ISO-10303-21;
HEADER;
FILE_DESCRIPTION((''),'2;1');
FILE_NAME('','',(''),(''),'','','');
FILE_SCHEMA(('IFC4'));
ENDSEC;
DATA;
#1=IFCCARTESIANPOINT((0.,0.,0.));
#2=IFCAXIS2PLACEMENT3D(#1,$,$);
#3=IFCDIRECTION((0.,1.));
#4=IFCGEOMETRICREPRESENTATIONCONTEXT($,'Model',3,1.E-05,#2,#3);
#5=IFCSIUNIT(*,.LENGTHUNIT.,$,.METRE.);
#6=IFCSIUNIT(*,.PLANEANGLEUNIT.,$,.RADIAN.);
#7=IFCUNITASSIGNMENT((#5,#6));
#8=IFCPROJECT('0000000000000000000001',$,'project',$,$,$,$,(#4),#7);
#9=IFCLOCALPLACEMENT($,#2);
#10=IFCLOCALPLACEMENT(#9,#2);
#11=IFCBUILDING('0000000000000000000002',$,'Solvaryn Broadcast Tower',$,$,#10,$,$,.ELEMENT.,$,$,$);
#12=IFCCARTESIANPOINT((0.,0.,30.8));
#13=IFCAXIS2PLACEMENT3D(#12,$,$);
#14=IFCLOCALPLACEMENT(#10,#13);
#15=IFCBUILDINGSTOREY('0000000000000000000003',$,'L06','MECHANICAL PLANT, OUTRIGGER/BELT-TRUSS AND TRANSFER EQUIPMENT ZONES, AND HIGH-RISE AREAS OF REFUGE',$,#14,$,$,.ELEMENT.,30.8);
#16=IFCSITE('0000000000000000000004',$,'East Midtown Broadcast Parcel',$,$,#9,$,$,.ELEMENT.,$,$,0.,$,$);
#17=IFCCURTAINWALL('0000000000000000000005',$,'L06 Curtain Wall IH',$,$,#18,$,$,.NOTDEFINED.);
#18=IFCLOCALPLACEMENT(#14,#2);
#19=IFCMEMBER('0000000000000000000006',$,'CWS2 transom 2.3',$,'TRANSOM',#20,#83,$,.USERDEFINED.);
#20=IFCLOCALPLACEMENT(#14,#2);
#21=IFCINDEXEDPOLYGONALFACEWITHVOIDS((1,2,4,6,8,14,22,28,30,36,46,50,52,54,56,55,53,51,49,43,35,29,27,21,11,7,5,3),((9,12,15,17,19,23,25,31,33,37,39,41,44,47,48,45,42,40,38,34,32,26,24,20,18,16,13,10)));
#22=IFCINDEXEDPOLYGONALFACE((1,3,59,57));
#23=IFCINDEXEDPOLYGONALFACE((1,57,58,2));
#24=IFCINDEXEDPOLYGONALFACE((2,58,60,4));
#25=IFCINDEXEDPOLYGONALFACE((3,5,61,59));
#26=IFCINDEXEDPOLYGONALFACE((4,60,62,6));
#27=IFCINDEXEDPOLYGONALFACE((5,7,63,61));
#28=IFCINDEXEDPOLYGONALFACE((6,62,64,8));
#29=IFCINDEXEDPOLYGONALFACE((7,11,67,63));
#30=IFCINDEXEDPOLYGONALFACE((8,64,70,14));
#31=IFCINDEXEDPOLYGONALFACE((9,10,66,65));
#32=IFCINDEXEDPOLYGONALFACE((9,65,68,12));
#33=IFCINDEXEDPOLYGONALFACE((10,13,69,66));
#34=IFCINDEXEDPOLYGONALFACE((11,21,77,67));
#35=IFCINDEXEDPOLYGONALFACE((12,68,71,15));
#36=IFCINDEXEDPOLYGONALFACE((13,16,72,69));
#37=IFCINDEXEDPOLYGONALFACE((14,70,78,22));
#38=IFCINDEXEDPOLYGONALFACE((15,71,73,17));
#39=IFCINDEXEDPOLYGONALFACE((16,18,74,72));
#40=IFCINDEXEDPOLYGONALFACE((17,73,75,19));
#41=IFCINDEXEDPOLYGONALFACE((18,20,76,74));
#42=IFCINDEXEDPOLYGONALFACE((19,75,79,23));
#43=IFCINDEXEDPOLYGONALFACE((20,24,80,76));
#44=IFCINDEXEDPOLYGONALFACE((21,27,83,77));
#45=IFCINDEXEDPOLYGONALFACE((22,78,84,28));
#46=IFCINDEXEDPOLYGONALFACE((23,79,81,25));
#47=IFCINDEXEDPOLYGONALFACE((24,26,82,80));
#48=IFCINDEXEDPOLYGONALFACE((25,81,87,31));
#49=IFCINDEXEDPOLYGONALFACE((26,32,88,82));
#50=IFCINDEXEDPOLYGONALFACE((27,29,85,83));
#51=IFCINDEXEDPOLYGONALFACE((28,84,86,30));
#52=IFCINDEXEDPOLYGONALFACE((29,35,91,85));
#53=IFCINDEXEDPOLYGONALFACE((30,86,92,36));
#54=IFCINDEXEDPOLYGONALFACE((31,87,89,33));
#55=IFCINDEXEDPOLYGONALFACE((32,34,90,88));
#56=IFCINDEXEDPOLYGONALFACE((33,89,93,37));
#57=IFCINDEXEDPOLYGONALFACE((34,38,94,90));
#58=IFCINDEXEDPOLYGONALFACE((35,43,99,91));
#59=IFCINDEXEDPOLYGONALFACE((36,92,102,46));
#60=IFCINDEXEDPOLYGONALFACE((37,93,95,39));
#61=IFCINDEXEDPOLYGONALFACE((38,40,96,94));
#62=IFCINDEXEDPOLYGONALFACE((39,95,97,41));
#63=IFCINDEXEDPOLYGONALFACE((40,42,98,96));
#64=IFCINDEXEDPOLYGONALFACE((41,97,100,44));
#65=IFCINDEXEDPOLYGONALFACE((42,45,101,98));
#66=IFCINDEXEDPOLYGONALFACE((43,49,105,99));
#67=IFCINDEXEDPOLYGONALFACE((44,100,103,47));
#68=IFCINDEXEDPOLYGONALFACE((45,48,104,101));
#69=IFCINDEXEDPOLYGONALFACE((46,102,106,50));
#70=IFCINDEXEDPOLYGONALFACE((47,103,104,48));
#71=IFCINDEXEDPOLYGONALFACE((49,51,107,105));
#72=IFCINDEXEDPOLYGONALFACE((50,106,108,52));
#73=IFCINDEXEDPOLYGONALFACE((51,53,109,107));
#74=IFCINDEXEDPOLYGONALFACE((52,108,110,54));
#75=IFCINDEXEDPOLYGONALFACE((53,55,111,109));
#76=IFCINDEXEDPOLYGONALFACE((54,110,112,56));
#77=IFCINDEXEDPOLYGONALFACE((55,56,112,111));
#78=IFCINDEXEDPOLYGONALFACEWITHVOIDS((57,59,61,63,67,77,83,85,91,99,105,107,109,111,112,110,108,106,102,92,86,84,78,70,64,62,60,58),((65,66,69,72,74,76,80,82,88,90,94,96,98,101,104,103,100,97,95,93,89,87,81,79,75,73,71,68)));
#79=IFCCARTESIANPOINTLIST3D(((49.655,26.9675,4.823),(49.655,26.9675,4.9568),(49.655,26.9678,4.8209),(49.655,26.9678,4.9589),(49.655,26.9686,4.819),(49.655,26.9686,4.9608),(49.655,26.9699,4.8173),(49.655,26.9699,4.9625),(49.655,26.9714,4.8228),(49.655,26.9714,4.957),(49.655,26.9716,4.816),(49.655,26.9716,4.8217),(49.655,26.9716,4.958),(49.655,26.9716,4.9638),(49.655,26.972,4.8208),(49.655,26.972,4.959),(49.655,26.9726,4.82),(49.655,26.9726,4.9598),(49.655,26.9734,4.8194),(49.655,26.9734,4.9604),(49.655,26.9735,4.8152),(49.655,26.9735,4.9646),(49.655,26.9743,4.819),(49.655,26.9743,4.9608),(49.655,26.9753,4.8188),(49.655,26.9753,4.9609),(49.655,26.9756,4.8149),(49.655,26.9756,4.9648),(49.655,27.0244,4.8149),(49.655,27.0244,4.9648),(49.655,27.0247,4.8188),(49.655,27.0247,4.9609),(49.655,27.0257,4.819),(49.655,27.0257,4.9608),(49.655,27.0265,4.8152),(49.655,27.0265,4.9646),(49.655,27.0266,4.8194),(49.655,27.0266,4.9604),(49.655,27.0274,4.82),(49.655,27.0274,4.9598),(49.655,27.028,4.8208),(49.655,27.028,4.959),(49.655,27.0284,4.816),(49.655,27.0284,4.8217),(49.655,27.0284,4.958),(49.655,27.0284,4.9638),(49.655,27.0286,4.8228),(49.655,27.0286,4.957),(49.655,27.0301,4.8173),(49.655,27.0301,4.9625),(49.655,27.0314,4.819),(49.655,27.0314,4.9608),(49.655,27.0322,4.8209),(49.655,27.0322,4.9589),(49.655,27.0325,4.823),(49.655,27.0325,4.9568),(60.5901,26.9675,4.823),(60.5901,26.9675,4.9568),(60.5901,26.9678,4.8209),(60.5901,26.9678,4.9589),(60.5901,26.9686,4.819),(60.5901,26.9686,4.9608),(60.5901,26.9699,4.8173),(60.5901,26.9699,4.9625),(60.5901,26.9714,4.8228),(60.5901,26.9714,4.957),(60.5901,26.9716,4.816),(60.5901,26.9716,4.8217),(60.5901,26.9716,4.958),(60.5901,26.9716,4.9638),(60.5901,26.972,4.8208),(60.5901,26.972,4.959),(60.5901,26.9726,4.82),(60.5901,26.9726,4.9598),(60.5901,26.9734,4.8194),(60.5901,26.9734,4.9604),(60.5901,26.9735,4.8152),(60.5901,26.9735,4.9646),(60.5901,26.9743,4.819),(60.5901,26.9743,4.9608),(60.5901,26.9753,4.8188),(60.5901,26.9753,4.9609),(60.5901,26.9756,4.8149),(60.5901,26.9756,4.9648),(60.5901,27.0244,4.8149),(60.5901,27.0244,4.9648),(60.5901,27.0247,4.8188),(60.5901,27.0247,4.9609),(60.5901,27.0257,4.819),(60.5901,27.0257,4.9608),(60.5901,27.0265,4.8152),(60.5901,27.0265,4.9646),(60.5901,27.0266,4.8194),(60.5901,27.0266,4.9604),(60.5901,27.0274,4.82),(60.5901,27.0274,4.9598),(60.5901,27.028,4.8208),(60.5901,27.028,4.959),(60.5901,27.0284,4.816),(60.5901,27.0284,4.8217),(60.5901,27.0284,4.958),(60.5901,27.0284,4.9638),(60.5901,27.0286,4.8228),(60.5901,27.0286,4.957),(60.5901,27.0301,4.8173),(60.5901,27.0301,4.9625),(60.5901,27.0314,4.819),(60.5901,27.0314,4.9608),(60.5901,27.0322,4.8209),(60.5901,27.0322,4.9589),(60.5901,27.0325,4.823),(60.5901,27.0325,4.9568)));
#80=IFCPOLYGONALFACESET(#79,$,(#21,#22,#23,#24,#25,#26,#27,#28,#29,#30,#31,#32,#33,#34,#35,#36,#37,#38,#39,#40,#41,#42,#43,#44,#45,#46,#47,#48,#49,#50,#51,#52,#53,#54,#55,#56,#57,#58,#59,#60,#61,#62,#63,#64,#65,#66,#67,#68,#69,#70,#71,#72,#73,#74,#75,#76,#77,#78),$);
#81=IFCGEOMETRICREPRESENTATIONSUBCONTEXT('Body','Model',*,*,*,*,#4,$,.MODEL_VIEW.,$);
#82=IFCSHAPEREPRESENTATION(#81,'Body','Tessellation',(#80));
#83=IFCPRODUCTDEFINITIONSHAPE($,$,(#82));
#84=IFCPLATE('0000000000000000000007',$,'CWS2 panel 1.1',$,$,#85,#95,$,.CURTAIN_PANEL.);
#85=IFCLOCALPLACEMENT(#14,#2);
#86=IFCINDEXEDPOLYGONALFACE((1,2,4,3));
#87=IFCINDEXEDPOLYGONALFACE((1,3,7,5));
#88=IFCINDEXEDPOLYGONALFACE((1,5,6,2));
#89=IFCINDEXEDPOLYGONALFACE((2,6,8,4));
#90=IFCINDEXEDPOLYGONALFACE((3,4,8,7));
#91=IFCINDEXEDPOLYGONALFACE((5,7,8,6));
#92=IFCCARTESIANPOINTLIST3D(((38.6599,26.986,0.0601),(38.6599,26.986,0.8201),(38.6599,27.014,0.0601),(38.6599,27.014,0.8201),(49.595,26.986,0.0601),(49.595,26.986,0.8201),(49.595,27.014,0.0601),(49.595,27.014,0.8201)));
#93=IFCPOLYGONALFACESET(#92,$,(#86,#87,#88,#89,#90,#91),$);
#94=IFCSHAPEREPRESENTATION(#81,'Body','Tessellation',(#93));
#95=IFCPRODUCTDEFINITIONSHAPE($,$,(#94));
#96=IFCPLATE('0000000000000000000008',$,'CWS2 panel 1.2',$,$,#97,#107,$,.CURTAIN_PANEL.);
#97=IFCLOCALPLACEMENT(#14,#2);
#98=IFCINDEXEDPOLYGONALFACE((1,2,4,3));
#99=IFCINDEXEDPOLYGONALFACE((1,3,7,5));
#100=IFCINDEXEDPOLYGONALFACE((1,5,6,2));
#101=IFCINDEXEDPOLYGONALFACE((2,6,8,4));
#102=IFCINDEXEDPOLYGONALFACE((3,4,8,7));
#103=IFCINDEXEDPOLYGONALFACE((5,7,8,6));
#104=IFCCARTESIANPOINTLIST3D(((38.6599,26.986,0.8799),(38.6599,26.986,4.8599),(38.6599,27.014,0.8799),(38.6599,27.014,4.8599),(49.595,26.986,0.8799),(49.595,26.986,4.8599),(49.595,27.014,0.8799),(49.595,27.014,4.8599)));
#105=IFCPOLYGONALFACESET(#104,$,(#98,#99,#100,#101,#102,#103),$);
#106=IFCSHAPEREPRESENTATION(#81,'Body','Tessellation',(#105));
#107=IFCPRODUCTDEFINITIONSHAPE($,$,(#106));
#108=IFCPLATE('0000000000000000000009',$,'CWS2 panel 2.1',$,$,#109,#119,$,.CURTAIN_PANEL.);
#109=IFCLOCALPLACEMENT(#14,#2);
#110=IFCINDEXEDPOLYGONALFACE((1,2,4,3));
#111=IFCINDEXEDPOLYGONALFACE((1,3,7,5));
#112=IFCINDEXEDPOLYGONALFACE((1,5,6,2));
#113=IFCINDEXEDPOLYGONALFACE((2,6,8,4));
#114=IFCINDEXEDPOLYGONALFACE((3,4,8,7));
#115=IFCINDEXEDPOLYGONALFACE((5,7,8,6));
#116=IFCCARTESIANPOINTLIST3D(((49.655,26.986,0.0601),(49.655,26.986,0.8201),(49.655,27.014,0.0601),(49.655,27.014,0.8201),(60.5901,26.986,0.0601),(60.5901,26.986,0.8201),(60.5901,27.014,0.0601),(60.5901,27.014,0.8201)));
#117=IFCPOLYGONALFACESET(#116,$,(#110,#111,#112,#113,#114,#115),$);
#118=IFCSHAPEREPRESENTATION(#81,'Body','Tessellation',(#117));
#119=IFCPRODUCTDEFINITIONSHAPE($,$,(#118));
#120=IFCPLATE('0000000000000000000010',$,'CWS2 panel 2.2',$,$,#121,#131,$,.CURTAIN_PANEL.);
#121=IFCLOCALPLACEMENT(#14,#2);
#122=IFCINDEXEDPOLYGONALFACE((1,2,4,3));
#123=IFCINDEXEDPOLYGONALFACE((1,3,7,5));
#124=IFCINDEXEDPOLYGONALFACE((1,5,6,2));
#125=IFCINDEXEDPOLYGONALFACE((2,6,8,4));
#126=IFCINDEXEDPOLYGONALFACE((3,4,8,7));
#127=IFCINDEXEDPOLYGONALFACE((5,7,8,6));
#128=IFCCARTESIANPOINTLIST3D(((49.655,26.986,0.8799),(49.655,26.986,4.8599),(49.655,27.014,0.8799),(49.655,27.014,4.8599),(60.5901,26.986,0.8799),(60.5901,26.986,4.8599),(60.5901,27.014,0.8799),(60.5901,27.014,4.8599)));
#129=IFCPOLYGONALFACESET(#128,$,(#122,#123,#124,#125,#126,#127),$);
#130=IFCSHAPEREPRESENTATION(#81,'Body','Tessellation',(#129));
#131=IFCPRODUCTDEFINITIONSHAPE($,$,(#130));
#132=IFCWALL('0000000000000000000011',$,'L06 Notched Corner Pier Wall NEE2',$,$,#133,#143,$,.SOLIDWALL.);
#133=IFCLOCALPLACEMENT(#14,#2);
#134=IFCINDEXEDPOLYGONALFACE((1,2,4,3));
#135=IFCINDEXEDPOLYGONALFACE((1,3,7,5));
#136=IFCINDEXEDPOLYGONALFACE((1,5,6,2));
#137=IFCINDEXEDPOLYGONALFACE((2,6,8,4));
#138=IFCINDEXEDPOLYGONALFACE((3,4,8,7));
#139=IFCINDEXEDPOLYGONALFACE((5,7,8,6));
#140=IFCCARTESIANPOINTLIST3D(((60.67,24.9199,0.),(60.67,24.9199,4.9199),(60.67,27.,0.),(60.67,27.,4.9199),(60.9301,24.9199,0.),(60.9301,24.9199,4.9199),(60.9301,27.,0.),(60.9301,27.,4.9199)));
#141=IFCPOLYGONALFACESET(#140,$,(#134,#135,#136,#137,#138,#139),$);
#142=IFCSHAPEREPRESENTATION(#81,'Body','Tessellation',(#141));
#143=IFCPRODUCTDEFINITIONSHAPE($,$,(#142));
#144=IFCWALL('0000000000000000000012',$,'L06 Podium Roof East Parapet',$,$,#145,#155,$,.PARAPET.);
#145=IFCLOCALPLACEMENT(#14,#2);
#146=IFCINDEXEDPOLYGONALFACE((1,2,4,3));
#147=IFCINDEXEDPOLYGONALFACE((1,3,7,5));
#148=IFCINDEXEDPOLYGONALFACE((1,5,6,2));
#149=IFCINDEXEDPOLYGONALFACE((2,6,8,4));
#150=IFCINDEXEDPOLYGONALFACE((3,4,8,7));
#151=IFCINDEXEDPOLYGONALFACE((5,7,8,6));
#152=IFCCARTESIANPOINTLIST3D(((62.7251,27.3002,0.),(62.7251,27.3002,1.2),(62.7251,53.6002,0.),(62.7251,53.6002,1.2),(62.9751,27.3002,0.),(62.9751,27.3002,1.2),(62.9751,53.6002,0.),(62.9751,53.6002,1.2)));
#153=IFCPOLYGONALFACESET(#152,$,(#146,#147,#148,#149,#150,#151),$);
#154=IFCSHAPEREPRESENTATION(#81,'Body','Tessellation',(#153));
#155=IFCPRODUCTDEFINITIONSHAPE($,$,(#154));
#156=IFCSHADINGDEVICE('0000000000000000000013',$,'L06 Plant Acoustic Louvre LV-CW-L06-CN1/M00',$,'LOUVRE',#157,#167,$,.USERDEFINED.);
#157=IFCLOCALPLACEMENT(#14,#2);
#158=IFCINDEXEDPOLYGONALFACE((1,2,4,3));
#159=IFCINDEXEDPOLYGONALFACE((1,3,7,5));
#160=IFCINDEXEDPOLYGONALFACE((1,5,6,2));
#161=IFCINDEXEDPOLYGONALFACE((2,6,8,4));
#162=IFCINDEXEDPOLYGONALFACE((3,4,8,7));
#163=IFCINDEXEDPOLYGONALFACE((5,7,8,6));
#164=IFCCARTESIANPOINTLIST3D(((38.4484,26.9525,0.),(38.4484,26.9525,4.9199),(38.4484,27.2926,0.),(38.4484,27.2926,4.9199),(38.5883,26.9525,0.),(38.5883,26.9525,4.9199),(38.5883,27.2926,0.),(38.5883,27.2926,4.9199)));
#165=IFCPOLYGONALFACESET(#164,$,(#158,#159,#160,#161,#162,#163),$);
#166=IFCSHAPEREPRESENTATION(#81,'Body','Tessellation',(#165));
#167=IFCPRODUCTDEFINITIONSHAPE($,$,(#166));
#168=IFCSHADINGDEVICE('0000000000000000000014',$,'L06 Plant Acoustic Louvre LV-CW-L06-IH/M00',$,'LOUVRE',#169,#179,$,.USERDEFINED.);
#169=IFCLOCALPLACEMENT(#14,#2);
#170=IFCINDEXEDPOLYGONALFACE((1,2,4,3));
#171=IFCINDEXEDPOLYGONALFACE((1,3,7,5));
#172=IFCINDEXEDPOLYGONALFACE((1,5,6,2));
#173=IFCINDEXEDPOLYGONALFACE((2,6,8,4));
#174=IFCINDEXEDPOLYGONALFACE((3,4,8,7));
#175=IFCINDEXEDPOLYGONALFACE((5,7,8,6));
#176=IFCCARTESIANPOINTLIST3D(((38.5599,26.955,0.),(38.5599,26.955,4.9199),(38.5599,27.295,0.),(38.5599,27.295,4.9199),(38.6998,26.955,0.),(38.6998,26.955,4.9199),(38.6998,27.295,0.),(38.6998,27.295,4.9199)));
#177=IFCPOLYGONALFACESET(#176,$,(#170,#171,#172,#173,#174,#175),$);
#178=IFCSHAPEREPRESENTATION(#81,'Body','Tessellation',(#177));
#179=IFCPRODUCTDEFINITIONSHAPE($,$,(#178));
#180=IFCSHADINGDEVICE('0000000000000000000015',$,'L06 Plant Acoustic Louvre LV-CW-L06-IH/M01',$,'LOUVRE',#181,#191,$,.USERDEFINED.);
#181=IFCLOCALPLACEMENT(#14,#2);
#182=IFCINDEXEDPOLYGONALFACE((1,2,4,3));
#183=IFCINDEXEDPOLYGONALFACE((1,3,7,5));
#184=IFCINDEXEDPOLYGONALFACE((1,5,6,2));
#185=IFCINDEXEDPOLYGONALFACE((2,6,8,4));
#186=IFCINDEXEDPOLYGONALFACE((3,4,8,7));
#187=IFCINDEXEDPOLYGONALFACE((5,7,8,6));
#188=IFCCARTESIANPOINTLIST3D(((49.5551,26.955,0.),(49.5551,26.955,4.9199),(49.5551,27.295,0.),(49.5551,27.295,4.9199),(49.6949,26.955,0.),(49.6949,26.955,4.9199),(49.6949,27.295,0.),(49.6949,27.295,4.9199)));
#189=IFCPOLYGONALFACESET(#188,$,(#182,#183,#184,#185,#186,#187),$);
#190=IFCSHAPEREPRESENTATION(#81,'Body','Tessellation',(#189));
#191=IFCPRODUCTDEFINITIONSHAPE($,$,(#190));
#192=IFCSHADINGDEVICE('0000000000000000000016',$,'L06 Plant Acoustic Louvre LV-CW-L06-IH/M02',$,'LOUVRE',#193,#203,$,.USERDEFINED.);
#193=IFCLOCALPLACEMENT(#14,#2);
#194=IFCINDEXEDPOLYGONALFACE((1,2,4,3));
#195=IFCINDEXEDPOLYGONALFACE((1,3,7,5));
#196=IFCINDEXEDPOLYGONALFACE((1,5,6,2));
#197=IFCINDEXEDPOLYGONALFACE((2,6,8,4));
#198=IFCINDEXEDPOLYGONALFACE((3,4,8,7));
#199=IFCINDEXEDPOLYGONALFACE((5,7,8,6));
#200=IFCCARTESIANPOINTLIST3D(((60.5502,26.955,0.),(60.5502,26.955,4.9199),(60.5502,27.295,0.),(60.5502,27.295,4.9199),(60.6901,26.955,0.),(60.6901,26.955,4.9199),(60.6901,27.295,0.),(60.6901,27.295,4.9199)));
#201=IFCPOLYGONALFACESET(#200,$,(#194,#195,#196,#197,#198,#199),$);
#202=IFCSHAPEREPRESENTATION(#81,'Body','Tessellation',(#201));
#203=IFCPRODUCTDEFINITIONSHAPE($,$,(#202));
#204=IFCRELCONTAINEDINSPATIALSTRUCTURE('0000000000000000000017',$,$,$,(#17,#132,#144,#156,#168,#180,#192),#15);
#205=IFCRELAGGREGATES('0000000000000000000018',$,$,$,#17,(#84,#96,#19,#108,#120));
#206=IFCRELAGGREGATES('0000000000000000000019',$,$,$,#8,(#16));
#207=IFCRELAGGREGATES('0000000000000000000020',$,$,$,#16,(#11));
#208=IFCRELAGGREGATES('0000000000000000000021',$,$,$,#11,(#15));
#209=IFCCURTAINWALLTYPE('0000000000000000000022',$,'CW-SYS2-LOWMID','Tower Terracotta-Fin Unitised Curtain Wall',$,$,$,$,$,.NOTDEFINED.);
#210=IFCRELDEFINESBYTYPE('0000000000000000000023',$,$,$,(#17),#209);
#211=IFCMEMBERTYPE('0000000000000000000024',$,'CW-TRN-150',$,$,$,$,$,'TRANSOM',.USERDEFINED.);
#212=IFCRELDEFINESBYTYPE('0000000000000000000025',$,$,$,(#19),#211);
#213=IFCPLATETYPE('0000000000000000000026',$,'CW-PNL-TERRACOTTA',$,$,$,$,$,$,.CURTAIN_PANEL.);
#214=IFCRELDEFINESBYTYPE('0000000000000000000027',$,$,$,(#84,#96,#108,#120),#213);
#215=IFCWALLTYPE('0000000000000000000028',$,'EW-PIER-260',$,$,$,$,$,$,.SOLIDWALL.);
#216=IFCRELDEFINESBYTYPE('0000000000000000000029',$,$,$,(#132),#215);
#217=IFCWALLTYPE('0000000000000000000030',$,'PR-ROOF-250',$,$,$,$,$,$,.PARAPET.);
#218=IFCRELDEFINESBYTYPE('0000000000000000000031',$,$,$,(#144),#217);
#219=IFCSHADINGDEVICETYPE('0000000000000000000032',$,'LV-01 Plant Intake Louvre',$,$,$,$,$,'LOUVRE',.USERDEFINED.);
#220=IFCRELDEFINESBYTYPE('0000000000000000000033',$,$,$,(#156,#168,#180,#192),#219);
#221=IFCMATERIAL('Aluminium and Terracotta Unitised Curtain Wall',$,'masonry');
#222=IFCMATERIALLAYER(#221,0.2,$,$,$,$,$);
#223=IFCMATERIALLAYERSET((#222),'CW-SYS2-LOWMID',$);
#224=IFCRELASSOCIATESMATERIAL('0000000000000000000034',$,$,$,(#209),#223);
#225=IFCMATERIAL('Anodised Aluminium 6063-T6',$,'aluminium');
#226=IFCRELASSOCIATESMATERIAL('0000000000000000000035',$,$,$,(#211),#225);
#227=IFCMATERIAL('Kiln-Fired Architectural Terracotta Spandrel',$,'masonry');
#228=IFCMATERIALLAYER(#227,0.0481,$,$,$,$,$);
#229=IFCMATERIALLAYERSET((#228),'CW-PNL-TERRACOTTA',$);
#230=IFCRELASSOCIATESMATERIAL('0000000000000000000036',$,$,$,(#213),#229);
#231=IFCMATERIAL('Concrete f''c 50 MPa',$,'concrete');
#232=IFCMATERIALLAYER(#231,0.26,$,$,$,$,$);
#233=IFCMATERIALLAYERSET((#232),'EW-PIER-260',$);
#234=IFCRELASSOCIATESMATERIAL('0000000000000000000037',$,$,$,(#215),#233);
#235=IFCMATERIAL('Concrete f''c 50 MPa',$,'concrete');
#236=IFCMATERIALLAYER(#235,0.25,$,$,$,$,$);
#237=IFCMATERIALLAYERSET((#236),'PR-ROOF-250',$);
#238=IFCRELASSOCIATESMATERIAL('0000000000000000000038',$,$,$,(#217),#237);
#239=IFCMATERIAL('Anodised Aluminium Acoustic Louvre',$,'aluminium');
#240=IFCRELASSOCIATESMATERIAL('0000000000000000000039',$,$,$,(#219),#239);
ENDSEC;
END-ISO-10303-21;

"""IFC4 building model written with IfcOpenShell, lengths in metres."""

from ifc_helpers import new_model, si_unit, direction, frame, frame_2d, origin, origin_2d, place, context, subcontext, project, spatial, rectangle, hollow_rectangle, extrude, material, layer, layer_set, material_profile, profile_set, type_object, element, aggregate, save


model = new_model("IFC4")

# Units and contexts
model_context = context("Model", 3, precision=1e-05, world=origin(), true_north=direction((0.0, 1.0)))
body_context = subcontext(model_context, "Body", "Model", "MODEL_VIEW")
ifc_project = project(units=[si_unit("LENGTHUNIT", "METRE"), si_unit("PLANEANGLEUNIT", "RADIAN")], contexts=[model_context])

# Site, building, storey
site_placement = place(None, origin())
site = spatial("IfcSite", under=ifc_project, at=site_placement, Name="East Midtown Broadcast Parcel", CompositionType="ELEMENT", RefElevation=0.0)
building_placement = place(site_placement, origin())
building = spatial("IfcBuilding", under=site, at=building_placement, Name="Solvaryn Broadcast Tower", CompositionType="ELEMENT")
storey_placement = place(building_placement, frame((0.0, 0.0, 30.8)))
storey = spatial("IfcBuildingStorey", under=building, at=storey_placement, Name="L06", Description="MECHANICAL PLANT, OUTRIGGER/BELT-TRUSS AND TRANSFER EQUIPMENT ZONES, AND HIGH-RISE AREAS OF REFUGE", CompositionType="ELEMENT", Elevation=30.8)

# Shared definitions
ifc_material_1 = material(Name="Aluminium and Terracotta Unitised Curtain Wall", Category="masonry")
ifc_layer_1 = layer(ifc_material_1, 0.2)
ifc_layer_set_1 = layer_set([ifc_layer_1], Name="CW-SYS2-LOWMID")
curtain_wall_type = type_object("IfcCurtainWallType", Name="CW-SYS2-LOWMID", Description="Tower Terracotta-Fin Unitised Curtain Wall", PredefinedType="NOTDEFINED", material=ifc_layer_set_1)

# Curtain wall
curtain_wall_1_placement = place(storey_placement, origin())
curtain_wall_1 = element("IfcCurtainWall", 1, at=curtain_wall_1_placement, inside=storey, type_object=curtain_wall_type, Name="L06 Curtain Wall IH", PredefinedType="NOTDEFINED")

# Member
ifc_material_2 = material(Name="Anodised Aluminium 6063-T6", Category="aluminium")
ifc_material_profile_1 = material_profile(ifc_material_2, hollow_rectangle(XDim=0.0649, YDim=0.1499, WallThickness=0.0039, InnerFilletRadius=0.0039, OuterFilletRadius=0.0081, at=origin_2d()))
ifc_profile_set_1 = profile_set([ifc_material_profile_1], Name="Anodised Aluminium 6063-T6")
member_type_1 = type_object("IfcMemberType", Name="CW-TRN-150", ElementType="TRANSOM", PredefinedType="USERDEFINED", material=ifc_profile_set_1)
member_1_placement = place(storey_placement, frame((49.655, 27.0, 4.8899), z_axis=(1.0, 0.0, 0.0), x_axis=(0.0, 1.0, 0.0)))
member_1 = element("IfcMember", 2, at=member_1_placement, type_object=member_type_1, Name="CWS2 transom 2.3", ObjectType="TRANSOM", PredefinedType="USERDEFINED", context=body_context, shape_type="SweptSolid", body=[
    extrude(hollow_rectangle(XDim=0.0649, YDim=0.1499, WallThickness=0.0039, InnerFilletRadius=0.0039, OuterFilletRadius=0.0081, at=origin_2d()), origin(), (0.0, 0.0, 1.0), 10.9351),
])

# Plates
ifc_material_3 = material(Name="Kiln-Fired Architectural Terracotta Spandrel", Category="masonry")
ifc_layer_2 = layer(ifc_material_3, 0.0481)
ifc_layer_set_2 = layer_set([ifc_layer_2], Name="CW-PNL-TERRACOTTA")
plate_type = type_object("IfcPlateType", Name="CW-PNL-TERRACOTTA", PredefinedType="CURTAIN_PANEL", material=ifc_layer_set_2)
plate_1_placement = place(storey_placement, frame((44.1274, 27.0, 0.0601), z_axis=(0.0, 0.0, 1.0), x_axis=(1.0, 0.0, 0.0)))
plate_1 = element("IfcPlate", 3, at=plate_1_placement, type_object=plate_type, Name="CWS2 panel 1.1", PredefinedType="CURTAIN_PANEL", context=body_context, shape_type="SweptSolid", body=[
    extrude(rectangle(XDim=10.9351, YDim=0.0281, at=origin_2d()), origin(), (0.0, 0.0, 1.0), 0.76),
])
plate_2_placement = place(storey_placement, frame((44.1274, 27.0, 0.8799), z_axis=(0.0, 0.0, 1.0), x_axis=(1.0, 0.0, 0.0)))
plate_2 = element("IfcPlate", 4, at=plate_2_placement, type_object=plate_type, Name="CWS2 panel 1.2", PredefinedType="CURTAIN_PANEL", context=body_context, shape_type="SweptSolid", body=[
    extrude(rectangle(XDim=10.9351, YDim=0.0281, at=origin_2d()), origin(), (0.0, 0.0, 1.0), 3.98),
])
plate_3_placement = place(storey_placement, frame((55.1226, 27.0, 0.0601), z_axis=(0.0, 0.0, 1.0), x_axis=(1.0, 0.0, 0.0)))
plate_3 = element("IfcPlate", 5, at=plate_3_placement, type_object=plate_type, Name="CWS2 panel 2.1", PredefinedType="CURTAIN_PANEL", context=body_context, shape_type="SweptSolid", body=[
    extrude(rectangle(XDim=10.9351, YDim=0.0281, at=origin_2d()), origin(), (0.0, 0.0, 1.0), 0.76),
])
plate_4_placement = place(storey_placement, frame((55.1226, 27.0, 0.8799), z_axis=(0.0, 0.0, 1.0), x_axis=(1.0, 0.0, 0.0)))
plate_4 = element("IfcPlate", 6, at=plate_4_placement, type_object=plate_type, Name="CWS2 panel 2.2", PredefinedType="CURTAIN_PANEL", context=body_context, shape_type="SweptSolid", body=[
    extrude(rectangle(XDim=10.9351, YDim=0.0281, at=origin_2d()), origin(), (0.0, 0.0, 1.0), 3.98),
])
aggregate(curtain_wall_1, [plate_1, plate_2, member_1, plate_3, plate_4])

# Walls
ifc_material_4 = material(Name="Concrete f'c 50 MPa", Category="concrete")
ifc_layer_3 = layer(ifc_material_4, 0.26)
ifc_layer_set_3 = layer_set([ifc_layer_3], Name="EW-PIER-260")
wall_type_1 = type_object("IfcWallType", Name="EW-PIER-260", PredefinedType="SOLIDWALL", material=ifc_layer_set_3)
wall_1_placement = place(storey_placement, frame((60.8, 24.9199, 0.0), z_axis=(0.0, 0.0, 1.0), x_axis=(0.0, 1.0, 0.0)))
element("IfcWall", 7, at=wall_1_placement, inside=storey, type_object=wall_type_1, Name="L06 Notched Corner Pier Wall NEE2", PredefinedType="SOLIDWALL", context=body_context, shape_type="SweptSolid", body=[
    extrude(rectangle(XDim=2.0801, YDim=0.26, at=frame_2d((1.04, 0.0))), origin(), (0.0, 0.0, 1.0), 4.9199),
])
ifc_material_5 = material(Name="Concrete f'c 50 MPa", Category="concrete")
ifc_layer_4 = layer(ifc_material_5, 0.25)
ifc_layer_set_4 = layer_set([ifc_layer_4], Name="PR-ROOF-250")
wall_type_2 = type_object("IfcWallType", Name="PR-ROOF-250", PredefinedType="PARAPET", material=ifc_layer_set_4)
wall_2_placement = place(storey_placement, frame((62.8501, 53.6001, 0.0), z_axis=(0.0, 0.0, 1.0), x_axis=(0.0, -1.0, 0.0)))
element("IfcWall", 8, at=wall_2_placement, inside=storey, type_object=wall_type_2, Name="L06 Podium Roof East Parapet", PredefinedType="PARAPET", context=body_context, shape_type="SweptSolid", body=[
    extrude(rectangle(XDim=26.3, YDim=0.25, at=frame_2d((13.1499, 0.0))), origin(), (0.0, 0.0, 1.0), 1.2),
])

# Shading devices
ifc_material_6 = material(Name="Anodised Aluminium Acoustic Louvre", Category="aluminium")
shading_device_type = type_object("IfcShadingDeviceType", Name="LV-01 Plant Intake Louvre", ElementType="LOUVRE", PredefinedType="USERDEFINED", material=ifc_material_6)
for number, where, z_axis, x_axis, name in (
    (9, (38.5183, 27.1226, 0.0), (0.0, 0.0, 1.0), (1.0, 0.0, 0.0), "L06 Plant Acoustic Louvre LV-CW-L06-CN1/M00"),
    (10, (38.6299, 27.125, 0.0), (0.0, 0.0, 1.0), (1.0, 0.0, 0.0), "L06 Plant Acoustic Louvre LV-CW-L06-IH/M00"),
    (11, (49.625, 27.125, 0.0), (0.0, 0.0, 1.0), (1.0, 0.0, 0.0), "L06 Plant Acoustic Louvre LV-CW-L06-IH/M01"),
    (12, (60.6201, 27.125, 0.0), (0.0, 0.0, 1.0), (1.0, 0.0, 0.0), "L06 Plant Acoustic Louvre LV-CW-L06-IH/M02"),
):
    element("IfcShadingDevice", number, at=place(storey_placement, frame(where, z_axis=z_axis, x_axis=x_axis)), inside=storey, type_object=shading_device_type, Name=name, ObjectType="LOUVRE", PredefinedType="USERDEFINED", context=body_context, shape_type="SweptSolid", body=[
        extrude(rectangle(XDim=0.1399, YDim=0.3401, at=origin_2d()), origin(), (0.0, 0.0, 1.0), 4.9199),
    ])

save(model, "model.ifc")
